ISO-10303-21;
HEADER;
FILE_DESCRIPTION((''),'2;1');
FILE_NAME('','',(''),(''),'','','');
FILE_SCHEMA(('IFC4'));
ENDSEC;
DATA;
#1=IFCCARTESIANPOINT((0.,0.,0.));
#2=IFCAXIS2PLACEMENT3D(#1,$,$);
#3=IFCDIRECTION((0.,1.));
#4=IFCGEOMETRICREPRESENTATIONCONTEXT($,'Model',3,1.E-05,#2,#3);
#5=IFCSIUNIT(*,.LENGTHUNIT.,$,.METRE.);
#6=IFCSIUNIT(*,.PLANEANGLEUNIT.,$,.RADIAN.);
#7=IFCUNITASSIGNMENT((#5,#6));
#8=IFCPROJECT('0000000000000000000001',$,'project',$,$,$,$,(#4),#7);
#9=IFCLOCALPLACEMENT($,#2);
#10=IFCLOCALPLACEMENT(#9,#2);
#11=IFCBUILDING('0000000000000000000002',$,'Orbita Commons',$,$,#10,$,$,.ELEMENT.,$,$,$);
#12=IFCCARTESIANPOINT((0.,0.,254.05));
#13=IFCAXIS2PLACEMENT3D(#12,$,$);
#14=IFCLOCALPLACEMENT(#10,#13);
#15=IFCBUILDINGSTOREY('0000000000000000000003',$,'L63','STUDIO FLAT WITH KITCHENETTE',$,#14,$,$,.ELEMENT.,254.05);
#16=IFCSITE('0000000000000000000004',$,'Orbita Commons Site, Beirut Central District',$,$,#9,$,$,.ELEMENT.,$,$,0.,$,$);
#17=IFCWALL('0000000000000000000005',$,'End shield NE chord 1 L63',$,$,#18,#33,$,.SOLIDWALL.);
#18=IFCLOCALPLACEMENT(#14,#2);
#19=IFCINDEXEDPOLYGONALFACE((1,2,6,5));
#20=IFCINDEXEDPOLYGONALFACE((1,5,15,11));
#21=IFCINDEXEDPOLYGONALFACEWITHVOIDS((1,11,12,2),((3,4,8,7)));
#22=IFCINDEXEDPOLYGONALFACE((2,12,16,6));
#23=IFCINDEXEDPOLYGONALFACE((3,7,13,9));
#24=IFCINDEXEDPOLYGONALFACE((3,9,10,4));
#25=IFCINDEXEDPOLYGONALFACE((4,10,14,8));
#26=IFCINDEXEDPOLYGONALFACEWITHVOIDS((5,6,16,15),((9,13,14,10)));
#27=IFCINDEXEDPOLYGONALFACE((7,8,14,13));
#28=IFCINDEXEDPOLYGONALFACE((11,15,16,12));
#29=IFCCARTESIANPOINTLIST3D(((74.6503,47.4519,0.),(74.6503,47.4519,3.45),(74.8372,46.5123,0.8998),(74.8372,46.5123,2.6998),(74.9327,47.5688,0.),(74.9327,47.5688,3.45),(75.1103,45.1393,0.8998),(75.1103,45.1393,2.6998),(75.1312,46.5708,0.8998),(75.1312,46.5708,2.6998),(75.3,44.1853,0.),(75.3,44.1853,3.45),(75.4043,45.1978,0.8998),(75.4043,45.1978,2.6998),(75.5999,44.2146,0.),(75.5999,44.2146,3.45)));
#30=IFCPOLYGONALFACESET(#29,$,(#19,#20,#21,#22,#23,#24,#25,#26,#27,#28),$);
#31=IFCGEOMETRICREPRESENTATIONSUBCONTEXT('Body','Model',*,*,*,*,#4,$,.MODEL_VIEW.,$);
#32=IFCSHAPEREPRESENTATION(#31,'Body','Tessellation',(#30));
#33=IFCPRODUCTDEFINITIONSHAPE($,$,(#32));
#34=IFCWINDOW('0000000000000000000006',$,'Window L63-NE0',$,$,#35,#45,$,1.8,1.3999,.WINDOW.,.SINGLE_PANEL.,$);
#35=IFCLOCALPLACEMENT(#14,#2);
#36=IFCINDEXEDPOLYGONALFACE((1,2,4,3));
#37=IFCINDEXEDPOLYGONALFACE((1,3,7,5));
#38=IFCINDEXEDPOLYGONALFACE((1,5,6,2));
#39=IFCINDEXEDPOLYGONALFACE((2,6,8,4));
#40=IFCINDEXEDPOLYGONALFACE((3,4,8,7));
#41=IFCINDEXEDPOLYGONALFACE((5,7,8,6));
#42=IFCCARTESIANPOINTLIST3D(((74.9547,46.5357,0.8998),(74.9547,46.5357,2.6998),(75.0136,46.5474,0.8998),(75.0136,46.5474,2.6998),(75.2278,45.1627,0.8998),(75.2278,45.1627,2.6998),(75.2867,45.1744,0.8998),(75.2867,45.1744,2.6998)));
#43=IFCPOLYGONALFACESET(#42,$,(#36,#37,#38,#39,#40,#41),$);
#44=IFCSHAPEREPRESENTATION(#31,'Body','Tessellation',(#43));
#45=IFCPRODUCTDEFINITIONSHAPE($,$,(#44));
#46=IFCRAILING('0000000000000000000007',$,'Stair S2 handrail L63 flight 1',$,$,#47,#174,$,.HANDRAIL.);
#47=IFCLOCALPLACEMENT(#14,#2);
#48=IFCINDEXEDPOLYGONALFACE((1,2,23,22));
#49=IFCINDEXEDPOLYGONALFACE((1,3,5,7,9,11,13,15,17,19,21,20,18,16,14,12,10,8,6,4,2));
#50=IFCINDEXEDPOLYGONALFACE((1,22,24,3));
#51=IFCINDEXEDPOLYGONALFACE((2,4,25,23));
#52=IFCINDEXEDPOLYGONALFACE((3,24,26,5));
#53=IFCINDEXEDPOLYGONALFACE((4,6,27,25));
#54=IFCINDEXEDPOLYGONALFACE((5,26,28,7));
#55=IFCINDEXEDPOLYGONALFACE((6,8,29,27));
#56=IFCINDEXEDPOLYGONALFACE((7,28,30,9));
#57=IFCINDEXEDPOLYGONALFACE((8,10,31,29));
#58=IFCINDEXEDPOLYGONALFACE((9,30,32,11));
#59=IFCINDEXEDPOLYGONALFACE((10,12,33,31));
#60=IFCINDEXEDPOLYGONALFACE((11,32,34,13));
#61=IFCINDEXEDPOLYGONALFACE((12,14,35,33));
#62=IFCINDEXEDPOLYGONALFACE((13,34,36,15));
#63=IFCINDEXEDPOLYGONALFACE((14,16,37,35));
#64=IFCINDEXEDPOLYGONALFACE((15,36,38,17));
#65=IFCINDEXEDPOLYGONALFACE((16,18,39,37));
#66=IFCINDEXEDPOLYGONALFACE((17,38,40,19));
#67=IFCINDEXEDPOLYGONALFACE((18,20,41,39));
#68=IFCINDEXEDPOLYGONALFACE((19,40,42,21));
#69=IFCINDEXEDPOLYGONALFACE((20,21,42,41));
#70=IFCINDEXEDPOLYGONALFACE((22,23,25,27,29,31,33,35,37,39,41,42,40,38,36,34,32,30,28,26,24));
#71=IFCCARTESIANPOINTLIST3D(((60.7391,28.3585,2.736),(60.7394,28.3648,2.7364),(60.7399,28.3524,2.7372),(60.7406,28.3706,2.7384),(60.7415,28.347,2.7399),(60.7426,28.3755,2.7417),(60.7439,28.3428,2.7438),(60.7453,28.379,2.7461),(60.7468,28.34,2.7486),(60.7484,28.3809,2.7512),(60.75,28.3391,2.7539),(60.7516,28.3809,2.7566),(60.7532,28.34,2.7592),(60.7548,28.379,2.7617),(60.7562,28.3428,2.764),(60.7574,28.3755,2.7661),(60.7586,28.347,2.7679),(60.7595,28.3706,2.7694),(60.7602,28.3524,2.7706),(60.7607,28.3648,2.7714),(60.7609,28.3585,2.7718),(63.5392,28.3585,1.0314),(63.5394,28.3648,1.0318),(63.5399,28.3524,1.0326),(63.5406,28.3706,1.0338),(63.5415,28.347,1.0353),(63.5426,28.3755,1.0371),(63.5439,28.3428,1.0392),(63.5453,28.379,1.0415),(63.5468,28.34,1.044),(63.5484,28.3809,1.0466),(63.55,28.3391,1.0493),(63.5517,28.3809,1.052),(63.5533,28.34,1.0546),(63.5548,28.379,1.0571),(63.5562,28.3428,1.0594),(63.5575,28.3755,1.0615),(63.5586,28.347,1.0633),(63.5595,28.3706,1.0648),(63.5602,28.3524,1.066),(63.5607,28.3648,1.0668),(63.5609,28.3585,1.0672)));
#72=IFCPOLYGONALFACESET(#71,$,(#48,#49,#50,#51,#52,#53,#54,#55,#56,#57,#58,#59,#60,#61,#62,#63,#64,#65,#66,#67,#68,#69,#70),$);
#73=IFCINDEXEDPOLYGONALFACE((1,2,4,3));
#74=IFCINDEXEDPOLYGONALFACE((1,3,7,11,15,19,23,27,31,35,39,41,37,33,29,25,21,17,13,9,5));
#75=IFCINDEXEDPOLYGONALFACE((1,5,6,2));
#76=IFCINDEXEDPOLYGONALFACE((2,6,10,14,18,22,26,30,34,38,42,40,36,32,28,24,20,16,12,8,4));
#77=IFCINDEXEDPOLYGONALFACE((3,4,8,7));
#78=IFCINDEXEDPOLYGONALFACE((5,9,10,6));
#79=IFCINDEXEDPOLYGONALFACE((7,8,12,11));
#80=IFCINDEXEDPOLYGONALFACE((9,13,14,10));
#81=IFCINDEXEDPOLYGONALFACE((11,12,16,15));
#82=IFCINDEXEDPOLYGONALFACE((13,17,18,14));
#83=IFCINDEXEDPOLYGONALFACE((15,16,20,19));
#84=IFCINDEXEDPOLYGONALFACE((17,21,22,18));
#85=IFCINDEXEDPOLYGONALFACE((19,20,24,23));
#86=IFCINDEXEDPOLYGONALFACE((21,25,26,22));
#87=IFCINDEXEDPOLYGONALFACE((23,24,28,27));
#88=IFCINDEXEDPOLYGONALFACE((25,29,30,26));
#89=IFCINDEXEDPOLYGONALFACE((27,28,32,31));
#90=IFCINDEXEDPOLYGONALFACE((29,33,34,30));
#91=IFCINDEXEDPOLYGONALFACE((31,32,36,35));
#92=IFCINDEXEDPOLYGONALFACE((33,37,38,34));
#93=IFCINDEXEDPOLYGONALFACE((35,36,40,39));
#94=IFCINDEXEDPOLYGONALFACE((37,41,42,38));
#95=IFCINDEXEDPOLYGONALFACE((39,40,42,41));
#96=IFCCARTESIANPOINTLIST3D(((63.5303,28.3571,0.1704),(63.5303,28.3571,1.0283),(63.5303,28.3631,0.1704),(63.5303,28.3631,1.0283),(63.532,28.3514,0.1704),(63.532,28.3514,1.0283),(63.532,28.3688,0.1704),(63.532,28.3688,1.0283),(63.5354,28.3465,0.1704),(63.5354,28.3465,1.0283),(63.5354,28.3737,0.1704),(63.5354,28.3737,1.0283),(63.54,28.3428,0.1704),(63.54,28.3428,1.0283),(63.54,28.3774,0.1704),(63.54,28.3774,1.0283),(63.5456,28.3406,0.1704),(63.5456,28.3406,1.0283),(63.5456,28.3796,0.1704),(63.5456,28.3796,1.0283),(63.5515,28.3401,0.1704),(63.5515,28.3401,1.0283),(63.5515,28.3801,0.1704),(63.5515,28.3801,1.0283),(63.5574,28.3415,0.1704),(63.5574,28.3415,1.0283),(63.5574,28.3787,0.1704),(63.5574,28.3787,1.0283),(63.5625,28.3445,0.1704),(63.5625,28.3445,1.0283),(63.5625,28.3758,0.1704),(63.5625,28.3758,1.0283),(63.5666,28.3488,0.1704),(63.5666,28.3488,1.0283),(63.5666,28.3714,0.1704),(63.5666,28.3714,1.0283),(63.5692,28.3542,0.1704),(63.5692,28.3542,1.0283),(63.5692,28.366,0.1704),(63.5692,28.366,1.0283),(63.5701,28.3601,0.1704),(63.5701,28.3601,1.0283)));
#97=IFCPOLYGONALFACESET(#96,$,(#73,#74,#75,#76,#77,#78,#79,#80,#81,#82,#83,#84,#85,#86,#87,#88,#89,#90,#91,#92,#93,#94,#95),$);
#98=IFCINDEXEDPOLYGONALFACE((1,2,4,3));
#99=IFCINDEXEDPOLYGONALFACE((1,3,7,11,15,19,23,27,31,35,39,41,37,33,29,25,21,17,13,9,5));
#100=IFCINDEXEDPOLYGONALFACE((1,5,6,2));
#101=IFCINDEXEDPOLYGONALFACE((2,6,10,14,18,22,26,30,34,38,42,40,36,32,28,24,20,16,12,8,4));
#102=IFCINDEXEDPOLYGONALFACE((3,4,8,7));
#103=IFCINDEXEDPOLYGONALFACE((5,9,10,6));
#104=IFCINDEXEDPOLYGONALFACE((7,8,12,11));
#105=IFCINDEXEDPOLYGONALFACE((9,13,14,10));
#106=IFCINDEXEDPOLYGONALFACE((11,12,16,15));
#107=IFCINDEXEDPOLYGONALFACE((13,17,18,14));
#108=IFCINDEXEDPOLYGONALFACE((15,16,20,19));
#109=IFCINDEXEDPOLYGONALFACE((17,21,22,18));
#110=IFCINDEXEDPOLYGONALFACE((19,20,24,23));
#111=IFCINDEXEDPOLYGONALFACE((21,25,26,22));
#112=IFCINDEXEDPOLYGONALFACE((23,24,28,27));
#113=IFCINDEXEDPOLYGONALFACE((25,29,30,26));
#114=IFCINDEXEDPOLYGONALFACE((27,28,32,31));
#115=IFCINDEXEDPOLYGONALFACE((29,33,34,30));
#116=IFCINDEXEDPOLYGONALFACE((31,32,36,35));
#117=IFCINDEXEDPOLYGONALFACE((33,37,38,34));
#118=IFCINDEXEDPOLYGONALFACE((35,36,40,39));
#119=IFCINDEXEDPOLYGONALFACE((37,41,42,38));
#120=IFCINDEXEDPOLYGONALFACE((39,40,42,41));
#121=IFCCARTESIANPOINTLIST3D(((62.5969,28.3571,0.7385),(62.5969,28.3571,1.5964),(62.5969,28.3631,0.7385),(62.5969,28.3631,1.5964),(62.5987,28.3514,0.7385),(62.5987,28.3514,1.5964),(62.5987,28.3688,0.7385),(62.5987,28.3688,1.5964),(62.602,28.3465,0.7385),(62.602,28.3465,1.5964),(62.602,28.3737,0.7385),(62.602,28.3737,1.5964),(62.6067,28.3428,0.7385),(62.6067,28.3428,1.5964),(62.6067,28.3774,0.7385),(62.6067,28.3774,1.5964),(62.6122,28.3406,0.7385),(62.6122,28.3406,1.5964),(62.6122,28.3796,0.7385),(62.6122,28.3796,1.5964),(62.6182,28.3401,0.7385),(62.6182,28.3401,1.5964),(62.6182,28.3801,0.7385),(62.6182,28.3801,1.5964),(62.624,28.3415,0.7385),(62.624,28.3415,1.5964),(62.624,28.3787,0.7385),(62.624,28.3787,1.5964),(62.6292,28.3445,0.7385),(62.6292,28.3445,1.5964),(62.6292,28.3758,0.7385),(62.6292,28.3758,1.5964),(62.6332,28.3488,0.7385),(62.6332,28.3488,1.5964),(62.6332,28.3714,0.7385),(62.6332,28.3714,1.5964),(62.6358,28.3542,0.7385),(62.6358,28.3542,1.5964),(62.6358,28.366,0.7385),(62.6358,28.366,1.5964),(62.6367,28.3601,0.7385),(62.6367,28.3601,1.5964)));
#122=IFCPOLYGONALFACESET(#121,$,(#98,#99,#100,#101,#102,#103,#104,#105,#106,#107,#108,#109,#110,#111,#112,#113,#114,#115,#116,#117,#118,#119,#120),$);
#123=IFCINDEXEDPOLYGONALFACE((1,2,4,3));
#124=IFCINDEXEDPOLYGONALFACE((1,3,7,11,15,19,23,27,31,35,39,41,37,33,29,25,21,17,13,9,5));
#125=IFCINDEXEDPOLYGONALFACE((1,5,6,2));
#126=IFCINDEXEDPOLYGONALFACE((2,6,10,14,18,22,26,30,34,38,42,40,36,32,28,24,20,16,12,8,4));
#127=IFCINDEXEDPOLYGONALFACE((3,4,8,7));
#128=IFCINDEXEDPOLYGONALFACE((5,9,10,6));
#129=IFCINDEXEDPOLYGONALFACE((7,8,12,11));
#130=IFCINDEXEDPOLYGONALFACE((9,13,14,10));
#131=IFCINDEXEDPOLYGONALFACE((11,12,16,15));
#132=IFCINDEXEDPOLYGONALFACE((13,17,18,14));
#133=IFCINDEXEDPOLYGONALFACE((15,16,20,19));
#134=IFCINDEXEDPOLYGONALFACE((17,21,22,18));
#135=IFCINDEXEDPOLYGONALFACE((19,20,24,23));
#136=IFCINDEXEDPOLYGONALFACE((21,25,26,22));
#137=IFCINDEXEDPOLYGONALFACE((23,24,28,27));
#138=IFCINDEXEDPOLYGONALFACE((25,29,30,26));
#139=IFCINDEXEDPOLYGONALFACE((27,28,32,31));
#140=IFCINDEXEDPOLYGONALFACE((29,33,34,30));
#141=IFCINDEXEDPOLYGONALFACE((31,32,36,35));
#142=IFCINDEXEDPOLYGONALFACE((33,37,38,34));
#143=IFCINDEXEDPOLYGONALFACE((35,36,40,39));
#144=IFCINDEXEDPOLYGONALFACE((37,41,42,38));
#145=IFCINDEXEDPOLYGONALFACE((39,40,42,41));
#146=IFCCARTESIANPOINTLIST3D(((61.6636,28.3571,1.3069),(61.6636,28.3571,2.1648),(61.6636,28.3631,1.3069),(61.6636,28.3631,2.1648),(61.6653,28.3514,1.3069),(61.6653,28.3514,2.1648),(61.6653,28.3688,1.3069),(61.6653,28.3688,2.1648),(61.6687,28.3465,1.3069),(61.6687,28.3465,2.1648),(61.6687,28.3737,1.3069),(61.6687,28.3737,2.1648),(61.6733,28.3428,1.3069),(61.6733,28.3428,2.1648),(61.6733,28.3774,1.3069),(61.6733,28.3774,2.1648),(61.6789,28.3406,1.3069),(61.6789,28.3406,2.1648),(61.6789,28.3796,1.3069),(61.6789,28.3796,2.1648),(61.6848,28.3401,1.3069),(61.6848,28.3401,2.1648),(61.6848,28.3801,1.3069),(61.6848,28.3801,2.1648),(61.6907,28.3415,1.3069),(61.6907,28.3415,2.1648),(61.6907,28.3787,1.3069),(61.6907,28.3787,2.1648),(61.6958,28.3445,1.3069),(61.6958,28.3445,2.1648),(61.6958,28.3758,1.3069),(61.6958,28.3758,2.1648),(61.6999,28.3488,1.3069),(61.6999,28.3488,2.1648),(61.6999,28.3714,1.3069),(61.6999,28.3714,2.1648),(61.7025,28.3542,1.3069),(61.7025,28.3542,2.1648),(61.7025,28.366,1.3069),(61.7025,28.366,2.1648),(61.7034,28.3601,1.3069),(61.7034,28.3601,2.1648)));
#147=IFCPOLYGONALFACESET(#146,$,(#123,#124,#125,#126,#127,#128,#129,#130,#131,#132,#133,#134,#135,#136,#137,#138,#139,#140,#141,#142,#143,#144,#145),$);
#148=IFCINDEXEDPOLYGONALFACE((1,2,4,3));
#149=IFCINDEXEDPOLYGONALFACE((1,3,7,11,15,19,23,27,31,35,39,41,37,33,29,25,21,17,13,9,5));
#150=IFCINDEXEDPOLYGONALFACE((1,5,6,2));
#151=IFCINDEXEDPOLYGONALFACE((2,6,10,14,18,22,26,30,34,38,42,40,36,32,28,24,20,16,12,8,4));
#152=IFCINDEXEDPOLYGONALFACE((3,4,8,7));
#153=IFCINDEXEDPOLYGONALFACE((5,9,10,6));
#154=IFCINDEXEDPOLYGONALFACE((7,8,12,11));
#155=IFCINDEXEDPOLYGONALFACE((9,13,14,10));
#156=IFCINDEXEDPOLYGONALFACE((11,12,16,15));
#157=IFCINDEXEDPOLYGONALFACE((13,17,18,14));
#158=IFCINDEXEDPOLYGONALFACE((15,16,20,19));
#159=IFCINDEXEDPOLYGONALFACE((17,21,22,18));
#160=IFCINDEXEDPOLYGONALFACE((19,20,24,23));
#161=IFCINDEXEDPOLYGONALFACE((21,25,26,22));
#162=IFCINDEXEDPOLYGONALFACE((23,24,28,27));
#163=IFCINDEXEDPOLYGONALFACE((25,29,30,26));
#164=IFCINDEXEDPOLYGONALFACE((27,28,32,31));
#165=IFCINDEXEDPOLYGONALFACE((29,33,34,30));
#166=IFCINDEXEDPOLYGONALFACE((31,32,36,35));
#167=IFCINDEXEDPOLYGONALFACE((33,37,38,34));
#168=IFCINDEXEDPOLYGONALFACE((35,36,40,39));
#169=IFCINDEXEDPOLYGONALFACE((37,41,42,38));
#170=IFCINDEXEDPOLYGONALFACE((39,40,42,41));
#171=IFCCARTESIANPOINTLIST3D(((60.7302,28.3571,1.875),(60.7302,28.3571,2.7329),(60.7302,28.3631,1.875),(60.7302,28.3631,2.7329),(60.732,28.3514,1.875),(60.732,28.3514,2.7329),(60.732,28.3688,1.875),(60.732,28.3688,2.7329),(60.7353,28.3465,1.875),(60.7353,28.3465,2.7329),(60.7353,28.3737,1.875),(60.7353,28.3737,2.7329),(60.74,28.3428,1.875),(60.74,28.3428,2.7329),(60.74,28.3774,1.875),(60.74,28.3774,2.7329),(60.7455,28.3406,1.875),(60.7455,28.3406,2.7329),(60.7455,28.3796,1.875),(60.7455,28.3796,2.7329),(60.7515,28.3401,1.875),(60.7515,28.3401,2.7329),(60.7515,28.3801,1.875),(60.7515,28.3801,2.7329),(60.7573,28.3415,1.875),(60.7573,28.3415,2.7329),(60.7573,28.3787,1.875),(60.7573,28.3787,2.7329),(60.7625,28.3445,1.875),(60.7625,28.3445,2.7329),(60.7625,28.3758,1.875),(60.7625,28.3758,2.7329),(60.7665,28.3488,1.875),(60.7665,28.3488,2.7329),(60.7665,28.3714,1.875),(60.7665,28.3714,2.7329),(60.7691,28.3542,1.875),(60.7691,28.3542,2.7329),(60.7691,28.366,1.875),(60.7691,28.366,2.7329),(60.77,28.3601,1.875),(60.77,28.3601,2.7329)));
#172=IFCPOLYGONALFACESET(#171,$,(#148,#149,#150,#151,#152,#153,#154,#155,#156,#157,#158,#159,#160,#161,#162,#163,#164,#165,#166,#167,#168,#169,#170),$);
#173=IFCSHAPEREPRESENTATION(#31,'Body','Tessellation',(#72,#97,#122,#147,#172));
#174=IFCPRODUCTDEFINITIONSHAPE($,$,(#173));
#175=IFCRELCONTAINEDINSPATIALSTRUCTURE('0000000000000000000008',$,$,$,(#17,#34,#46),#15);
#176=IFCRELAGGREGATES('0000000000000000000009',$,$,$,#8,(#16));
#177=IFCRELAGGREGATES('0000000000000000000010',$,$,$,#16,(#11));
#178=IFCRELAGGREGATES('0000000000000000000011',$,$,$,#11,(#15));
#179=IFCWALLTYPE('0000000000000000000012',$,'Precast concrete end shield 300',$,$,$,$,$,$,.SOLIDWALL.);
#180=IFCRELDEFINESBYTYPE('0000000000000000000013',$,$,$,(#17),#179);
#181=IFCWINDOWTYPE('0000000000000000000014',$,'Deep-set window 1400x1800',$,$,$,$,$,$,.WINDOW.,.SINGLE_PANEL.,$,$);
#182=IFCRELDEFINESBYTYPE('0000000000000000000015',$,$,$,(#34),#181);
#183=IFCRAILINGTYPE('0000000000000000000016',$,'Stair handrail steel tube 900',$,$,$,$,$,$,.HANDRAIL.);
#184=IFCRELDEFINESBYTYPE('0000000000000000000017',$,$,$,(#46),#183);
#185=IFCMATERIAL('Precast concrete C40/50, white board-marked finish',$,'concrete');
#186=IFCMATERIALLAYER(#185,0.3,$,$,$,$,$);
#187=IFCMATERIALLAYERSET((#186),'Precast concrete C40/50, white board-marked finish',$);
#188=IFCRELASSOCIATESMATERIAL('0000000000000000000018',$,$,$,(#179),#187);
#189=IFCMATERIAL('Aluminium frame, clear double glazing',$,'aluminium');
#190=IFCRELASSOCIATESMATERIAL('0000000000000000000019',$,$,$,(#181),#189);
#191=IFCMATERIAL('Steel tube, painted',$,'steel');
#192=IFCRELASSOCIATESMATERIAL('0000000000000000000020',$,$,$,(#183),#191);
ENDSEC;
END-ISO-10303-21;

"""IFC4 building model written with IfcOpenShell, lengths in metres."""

from ifc_helpers import new_model, si_unit, direction, frame, frame_2d, origin, origin_2d, place, context, subcontext, project, spatial, polyline, rectangle, circle, outline, extrude, material, layer, layer_set, type_object, element, fill, save


model = new_model("IFC4")

# Units and contexts
model_context = context("Model", 3, precision=1e-05, world=origin(), true_north=direction((0.0, 1.0)))
body_context = subcontext(model_context, "Body", "Model", "MODEL_VIEW")
ifc_project = project(units=[si_unit("LENGTHUNIT", "METRE"), si_unit("PLANEANGLEUNIT", "RADIAN")], contexts=[model_context])

# Site, building, storey
site_placement = place(None, origin())
site = spatial("IfcSite", under=ifc_project, at=site_placement, Name="Orbita Commons Site, Beirut Central District", CompositionType="ELEMENT", RefElevation=0.0)
building_placement = place(site_placement, origin())
building = spatial("IfcBuilding", under=site, at=building_placement, Name="Orbita Commons", CompositionType="ELEMENT")
storey_placement = place(building_placement, frame((0.0, 0.0, 254.05)))
storey = spatial("IfcBuildingStorey", under=building, at=storey_placement, Name="L63", Description="STUDIO FLAT WITH KITCHENETTE", CompositionType="ELEMENT", Elevation=254.05)

# Wall, opening, window
ifc_material_1 = material(Name="Precast concrete C40/50, white board-marked finish", Category="concrete")
ifc_layer_1 = layer(ifc_material_1, 0.3)
ifc_layer_set_1 = layer_set([ifc_layer_1], Name="Precast concrete C40/50, white board-marked finish")
wall_type_1 = type_object("IfcWallType", Name="Precast concrete end shield 300", PredefinedType="SOLIDWALL", material=ifc_layer_set_1)
wall_1_placement = place(storey_placement, frame((75.45, 44.2, 0.0), z_axis=(0.0, 0.0, 1.0), x_axis=(-0.195087, 0.980786, 0.0)))
wall_1 = element("IfcWall", 1, at=wall_1_placement, inside=storey, type_object=wall_type_1, Name="End shield NE chord 1 L63", PredefinedType="SOLIDWALL", context=body_context, shape_type="SweptSolid", body=[
    extrude(outline(polyline([(-0.0149, -0.1499), (3.405, -0.1499), (3.3455, 0.1499), (0.0149, 0.1499), (-0.0149, -0.1499)])), origin(), (0.0, 0.0, 1.0), 3.45),
])
opening_1_placement = place(wall_1_placement, frame((0.9875, 0.0, 0.8999)))
opening_1 = element("IfcOpeningElement", 2, at=opening_1_placement, cuts=wall_1, PredefinedType="OPENING", context=body_context, shape_type="SweptSolid", body=[
    extrude(rectangle(XDim=1.3999, YDim=1.8, at=frame_2d((0.7, 0.8999))), frame((0.0, 0.1599, 0.0), z_axis=(0.0, -1.0, 0.0), x_axis=(1.0, 0.0, 0.0)), (0.0, 0.0, 1.0), 0.3201),
])
ifc_material_2 = material(Name="Aluminium frame, clear double glazing", Category="aluminium")
window_type = type_object("IfcWindowType", Name="Deep-set window 1400x1800", PartitioningType="SINGLE_PANEL", PredefinedType="WINDOW", material=ifc_material_2)
window_placement = place(opening_1_placement, origin())
window = element("IfcWindow", 3, at=window_placement, inside=storey, type_object=window_type, Name="Window L63-NE0", OverallHeight=1.8, OverallWidth=1.3999, PartitioningType="SINGLE_PANEL", PredefinedType="WINDOW", context=body_context, shape_type="SweptSolid", body=[
    extrude(rectangle(XDim=1.3999, YDim=1.8, at=frame_2d((0.7, 0.8999))), frame((0.0, 0.03, 0.0), z_axis=(0.0, -1.0, 0.0), x_axis=(1.0, 0.0, 0.0)), (0.0, 0.0, 1.0), 0.0601),
])
fill(opening_1, window)

# Railing
ifc_material_3 = material(Name="Steel tube, painted", Category="steel")
railing_type = type_object("IfcRailingType", Name="Stair handrail steel tube 900", PredefinedType="HANDRAIL", material=ifc_material_3)
for number, where, name in (
    (4, (63.55, 28.3601, 0.1704), "Stair S2 handrail L63 flight 1"),
):
    element("IfcRailing", number, at=place(storey_placement, frame(where)), inside=storey, type_object=railing_type, Name=name, PredefinedType="HANDRAIL", context=body_context, shape_type="SweptSolid", body=[
        extrude(circle(Radius=0.021, at=origin_2d()), frame((0.0, 0.0, 0.8789), z_axis=(-0.85417, 0.0, 0.519994), x_axis=(0.0, -1.0, 0.0)), (0.0, 0.0, 1.0), 3.2781),
        extrude(circle(Radius=0.02, at=origin_2d()), origin(), (0.0, 0.0, 1.0), 0.8579),
        extrude(circle(Radius=0.02, at=origin_2d()), frame((-0.9333, 0.0, 0.5681)), (0.0, 0.0, 1.0), 0.8579),
        extrude(circle(Radius=0.02, at=origin_2d()), frame((-1.8667, 0.0, 1.1365)), (0.0, 0.0, 1.0), 0.8579),
        extrude(circle(Radius=0.02, at=origin_2d()), frame((-2.8, 0.0, 1.7046)), (0.0, 0.0, 1.0), 0.8579),
    ])

save(model, "model.ifc")
